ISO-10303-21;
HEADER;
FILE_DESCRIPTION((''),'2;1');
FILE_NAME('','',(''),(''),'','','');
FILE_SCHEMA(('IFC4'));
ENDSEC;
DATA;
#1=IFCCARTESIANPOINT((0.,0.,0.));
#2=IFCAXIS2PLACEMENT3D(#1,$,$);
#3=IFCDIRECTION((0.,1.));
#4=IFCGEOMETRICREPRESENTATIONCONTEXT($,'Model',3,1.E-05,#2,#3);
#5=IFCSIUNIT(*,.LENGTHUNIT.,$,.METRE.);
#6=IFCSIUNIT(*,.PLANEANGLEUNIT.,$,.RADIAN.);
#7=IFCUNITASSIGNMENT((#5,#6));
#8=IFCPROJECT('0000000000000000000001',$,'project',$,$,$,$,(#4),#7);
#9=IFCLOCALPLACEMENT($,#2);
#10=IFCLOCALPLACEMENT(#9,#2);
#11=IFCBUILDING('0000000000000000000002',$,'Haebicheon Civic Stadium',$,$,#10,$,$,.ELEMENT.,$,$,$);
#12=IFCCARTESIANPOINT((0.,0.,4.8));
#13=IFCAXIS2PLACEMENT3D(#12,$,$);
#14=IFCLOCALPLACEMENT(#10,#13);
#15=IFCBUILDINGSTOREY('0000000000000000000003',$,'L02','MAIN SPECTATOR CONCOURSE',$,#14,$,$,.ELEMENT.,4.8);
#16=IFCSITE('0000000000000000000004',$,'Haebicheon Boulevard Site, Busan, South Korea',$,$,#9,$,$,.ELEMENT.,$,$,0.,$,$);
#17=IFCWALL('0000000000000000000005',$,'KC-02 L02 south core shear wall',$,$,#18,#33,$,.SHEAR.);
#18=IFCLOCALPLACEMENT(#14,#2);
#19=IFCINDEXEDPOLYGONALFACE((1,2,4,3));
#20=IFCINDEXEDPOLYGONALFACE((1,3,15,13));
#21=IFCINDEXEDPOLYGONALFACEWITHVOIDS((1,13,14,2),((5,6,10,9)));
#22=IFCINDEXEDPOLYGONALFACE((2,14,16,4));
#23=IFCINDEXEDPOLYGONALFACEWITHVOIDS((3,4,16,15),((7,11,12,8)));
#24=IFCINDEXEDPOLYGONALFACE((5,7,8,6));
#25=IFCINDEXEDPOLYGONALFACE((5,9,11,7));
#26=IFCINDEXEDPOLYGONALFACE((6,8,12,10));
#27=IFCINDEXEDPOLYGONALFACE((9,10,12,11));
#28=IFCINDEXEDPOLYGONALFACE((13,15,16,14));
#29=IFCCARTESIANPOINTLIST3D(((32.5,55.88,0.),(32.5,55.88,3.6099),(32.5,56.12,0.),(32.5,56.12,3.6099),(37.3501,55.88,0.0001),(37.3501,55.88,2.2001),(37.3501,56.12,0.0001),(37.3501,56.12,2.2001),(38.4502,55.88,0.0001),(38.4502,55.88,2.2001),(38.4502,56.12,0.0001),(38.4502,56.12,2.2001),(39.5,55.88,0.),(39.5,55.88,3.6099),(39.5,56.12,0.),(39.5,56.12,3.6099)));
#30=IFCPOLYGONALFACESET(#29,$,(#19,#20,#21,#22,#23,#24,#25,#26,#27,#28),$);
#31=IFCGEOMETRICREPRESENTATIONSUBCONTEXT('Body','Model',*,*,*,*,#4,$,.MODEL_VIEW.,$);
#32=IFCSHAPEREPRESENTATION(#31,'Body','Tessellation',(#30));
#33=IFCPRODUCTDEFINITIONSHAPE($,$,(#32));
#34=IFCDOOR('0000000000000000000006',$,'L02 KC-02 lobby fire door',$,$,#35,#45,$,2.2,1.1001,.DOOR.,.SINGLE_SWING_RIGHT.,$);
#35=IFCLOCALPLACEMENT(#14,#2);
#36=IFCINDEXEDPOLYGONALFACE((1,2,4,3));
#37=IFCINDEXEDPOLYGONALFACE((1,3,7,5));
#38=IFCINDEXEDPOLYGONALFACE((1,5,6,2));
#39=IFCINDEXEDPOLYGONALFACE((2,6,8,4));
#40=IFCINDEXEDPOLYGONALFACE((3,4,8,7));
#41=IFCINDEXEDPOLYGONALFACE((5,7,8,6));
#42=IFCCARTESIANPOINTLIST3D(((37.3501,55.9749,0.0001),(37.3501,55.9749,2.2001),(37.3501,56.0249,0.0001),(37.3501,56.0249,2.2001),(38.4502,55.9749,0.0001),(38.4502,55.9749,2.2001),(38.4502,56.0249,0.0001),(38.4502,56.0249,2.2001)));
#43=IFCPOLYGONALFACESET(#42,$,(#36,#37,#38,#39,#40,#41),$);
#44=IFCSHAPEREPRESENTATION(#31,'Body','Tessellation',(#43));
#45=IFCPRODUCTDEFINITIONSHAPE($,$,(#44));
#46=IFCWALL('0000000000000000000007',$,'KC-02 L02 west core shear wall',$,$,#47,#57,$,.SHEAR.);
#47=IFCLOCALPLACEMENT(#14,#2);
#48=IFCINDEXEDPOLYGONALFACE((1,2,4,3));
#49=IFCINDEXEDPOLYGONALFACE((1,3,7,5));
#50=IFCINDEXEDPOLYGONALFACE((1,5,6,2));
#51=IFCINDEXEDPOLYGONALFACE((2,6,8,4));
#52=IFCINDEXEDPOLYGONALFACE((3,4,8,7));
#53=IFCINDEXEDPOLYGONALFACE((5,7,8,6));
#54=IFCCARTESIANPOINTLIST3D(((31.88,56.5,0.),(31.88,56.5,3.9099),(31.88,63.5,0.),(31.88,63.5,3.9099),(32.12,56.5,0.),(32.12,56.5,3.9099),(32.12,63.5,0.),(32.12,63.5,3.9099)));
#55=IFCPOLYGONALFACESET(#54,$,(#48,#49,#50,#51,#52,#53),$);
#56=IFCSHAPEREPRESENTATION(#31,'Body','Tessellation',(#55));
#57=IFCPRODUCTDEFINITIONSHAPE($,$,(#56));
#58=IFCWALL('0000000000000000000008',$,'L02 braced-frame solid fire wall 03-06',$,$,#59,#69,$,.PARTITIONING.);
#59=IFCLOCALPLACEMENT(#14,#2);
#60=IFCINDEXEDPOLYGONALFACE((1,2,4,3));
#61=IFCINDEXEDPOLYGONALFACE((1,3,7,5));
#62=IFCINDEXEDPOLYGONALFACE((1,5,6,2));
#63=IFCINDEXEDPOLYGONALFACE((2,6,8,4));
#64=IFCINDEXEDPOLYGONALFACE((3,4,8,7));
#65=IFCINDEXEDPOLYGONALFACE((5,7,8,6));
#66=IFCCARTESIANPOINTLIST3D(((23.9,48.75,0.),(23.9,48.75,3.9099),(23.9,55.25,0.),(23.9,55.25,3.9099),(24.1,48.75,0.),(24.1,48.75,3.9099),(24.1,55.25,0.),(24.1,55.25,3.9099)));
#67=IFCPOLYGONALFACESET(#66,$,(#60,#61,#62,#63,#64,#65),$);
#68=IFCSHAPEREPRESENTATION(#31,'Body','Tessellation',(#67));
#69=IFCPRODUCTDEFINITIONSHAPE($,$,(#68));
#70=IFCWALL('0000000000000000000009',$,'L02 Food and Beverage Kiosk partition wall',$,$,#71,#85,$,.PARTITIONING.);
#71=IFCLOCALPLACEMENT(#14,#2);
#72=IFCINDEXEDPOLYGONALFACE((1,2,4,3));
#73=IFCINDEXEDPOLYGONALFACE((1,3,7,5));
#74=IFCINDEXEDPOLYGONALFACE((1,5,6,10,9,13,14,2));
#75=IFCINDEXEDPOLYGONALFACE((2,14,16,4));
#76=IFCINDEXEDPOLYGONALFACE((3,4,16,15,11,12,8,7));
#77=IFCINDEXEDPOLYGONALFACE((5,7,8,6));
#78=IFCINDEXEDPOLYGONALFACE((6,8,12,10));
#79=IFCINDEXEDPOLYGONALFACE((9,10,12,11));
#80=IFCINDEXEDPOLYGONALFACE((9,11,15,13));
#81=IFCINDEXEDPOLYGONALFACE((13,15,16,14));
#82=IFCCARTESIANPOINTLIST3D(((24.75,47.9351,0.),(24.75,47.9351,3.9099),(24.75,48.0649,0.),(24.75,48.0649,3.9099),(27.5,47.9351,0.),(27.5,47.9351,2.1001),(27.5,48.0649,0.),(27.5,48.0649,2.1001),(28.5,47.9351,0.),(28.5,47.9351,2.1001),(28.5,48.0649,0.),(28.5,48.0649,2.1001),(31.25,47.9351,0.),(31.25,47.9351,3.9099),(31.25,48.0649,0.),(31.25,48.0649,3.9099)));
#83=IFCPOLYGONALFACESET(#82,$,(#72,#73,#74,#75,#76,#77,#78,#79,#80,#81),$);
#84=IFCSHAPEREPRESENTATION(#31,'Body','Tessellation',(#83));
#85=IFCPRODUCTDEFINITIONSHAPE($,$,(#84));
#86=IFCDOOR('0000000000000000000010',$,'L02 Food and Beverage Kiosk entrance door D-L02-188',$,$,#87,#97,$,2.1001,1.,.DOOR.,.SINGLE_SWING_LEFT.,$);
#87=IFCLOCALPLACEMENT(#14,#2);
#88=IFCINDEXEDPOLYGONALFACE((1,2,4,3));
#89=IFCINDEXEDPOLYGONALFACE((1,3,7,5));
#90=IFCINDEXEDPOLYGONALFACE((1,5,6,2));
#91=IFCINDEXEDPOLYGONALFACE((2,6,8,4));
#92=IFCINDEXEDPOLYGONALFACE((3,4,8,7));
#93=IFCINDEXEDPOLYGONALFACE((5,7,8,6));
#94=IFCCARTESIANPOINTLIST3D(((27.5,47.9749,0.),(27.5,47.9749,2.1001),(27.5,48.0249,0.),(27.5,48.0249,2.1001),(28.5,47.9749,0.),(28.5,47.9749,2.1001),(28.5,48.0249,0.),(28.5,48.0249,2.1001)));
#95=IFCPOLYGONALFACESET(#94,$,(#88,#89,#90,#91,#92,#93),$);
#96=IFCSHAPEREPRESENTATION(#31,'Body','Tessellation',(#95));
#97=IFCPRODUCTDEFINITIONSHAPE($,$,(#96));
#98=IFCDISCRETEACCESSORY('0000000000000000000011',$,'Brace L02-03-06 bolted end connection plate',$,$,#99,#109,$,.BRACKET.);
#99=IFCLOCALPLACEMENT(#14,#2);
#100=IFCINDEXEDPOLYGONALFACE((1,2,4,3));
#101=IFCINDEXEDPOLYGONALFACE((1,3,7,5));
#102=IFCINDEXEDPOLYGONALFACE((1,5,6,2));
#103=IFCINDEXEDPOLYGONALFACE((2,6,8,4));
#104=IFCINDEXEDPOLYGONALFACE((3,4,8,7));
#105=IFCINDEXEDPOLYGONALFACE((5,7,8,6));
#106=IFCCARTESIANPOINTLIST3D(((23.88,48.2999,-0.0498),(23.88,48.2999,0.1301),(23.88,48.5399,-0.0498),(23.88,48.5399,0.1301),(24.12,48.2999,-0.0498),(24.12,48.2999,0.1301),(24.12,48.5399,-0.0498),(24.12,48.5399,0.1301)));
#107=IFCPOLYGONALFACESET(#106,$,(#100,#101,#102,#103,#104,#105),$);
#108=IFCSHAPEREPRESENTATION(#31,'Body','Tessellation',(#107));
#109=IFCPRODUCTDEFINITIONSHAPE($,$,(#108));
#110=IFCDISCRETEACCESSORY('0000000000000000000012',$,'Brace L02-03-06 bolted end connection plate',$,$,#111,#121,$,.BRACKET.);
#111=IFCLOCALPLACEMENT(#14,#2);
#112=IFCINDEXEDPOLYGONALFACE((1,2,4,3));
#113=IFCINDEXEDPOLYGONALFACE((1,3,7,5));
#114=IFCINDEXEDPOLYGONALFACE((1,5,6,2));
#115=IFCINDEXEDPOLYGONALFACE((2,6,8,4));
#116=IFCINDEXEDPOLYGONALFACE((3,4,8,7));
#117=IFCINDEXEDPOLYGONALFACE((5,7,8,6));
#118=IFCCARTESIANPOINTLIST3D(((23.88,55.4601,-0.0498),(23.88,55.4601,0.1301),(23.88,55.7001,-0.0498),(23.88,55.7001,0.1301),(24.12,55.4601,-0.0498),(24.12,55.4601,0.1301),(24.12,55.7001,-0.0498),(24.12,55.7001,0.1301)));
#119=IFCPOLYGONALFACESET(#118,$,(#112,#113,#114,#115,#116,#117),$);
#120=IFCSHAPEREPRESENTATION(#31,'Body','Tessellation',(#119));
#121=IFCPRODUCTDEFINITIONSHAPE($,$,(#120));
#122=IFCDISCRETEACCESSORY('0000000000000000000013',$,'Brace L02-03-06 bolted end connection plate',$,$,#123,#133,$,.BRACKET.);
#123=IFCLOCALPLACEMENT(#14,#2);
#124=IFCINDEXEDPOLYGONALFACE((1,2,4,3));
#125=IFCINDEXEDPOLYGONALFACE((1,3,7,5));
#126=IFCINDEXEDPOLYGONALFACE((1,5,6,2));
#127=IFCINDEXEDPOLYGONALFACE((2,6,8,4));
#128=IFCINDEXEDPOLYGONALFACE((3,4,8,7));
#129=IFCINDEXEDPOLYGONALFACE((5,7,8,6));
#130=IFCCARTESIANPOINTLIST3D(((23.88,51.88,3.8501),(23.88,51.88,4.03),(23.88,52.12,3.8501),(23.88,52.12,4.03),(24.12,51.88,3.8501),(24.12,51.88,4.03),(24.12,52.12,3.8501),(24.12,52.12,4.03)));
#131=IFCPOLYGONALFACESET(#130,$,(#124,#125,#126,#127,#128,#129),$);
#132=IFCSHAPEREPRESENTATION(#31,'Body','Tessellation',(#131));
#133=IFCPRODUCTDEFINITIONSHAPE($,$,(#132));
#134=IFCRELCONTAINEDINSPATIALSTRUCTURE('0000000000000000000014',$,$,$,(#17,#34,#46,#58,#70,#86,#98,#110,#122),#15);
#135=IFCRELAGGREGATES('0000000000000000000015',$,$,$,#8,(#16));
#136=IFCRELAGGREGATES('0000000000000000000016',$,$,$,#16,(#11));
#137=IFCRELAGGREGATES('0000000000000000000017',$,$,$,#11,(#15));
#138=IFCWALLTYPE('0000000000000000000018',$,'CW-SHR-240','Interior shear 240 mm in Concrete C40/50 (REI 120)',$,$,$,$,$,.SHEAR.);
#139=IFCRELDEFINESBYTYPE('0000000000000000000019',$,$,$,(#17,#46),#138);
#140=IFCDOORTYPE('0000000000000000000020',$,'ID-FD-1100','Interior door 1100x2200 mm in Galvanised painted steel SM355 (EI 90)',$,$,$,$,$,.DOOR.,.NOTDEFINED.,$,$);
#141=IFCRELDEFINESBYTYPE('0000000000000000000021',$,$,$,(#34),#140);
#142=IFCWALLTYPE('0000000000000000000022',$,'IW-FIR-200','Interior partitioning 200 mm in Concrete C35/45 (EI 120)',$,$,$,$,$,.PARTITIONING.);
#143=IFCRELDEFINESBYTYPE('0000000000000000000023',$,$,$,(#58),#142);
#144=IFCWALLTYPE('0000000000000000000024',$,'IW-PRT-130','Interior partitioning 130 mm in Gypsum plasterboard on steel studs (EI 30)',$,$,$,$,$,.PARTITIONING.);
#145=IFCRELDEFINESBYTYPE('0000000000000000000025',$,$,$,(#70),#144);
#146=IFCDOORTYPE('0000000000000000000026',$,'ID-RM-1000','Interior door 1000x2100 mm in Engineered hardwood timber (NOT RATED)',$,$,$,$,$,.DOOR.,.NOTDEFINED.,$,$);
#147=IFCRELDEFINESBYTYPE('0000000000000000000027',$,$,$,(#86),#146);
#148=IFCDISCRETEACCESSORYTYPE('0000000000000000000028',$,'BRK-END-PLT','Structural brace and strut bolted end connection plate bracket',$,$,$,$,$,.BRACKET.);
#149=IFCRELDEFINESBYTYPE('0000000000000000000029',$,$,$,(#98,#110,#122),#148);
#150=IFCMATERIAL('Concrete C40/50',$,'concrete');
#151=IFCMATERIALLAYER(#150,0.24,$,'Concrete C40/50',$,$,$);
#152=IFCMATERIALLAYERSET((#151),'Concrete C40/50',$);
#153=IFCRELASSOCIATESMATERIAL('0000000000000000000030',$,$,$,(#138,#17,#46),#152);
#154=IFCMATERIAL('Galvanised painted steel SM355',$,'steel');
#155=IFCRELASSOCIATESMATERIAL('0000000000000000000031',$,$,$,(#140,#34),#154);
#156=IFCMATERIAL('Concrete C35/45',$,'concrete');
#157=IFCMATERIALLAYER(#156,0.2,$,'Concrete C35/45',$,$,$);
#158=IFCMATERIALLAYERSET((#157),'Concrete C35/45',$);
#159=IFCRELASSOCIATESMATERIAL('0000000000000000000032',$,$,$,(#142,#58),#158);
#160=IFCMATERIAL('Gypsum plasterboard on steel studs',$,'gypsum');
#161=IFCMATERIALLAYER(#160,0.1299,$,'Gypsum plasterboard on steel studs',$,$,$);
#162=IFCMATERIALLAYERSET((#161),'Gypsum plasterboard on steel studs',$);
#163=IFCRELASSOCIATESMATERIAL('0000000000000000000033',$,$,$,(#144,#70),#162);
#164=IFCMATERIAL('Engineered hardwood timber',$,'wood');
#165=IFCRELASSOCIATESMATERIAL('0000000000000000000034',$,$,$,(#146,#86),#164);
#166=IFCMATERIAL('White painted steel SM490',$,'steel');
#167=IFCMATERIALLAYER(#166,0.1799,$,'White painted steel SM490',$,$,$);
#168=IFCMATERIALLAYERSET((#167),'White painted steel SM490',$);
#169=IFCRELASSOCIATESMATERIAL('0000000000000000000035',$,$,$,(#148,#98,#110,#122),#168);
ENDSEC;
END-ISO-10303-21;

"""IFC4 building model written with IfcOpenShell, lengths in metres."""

from ifc_helpers import new_model, si_unit, direction, frame, frame_2d, origin, origin_2d, place, context, subcontext, project, spatial, rectangle, extrude, material, layer, layer_set, type_object, element, fill, save


model = new_model("IFC4")

# Units and contexts
model_context = context("Model", 3, precision=1e-05, world=origin(), true_north=direction((0.0, 1.0)))
body_context = subcontext(model_context, "Body", "Model", "MODEL_VIEW")
ifc_project = project(units=[si_unit("LENGTHUNIT", "METRE"), si_unit("PLANEANGLEUNIT", "RADIAN")], contexts=[model_context])

# Site, building, storey
site_placement = place(None, origin())
site = spatial("IfcSite", under=ifc_project, at=site_placement, Name="Haebicheon Boulevard Site, Busan, South Korea", CompositionType="ELEMENT", RefElevation=0.0)
building_placement = place(site_placement, origin())
building = spatial("IfcBuilding", under=site, at=building_placement, Name="Haebicheon Civic Stadium", CompositionType="ELEMENT")
storey_placement = place(building_placement, frame((0.0, 0.0, 4.8)))
storey = spatial("IfcBuildingStorey", under=building, at=storey_placement, Name="L02", Description="MAIN SPECTATOR CONCOURSE", CompositionType="ELEMENT", Elevation=4.8)

# Shared definitions
ifc_material_1 = material(Name="Concrete C40/50", Category="concrete")
ifc_layer_1 = layer(ifc_material_1, 0.24, Name="Concrete C40/50")
ifc_layer_set_1 = layer_set([ifc_layer_1], Name="Concrete C40/50")
wall_type_1 = type_object("IfcWallType", Name="CW-SHR-240", Description="Interior shear 240 mm in Concrete C40/50 (REI 120)", PredefinedType="SHEAR", material=ifc_layer_set_1)

# Wall, opening, door
wall_1_placement = place(storey_placement, frame((32.5, 56.0, 0.0), z_axis=(0.0, 0.0, 1.0), x_axis=(1.0, 0.0, 0.0)))
wall_1 = element("IfcWall", 1, at=wall_1_placement, inside=storey, type_object=wall_type_1, material=ifc_layer_set_1, Name="KC-02 L02 south core shear wall", PredefinedType="SHEAR", context=body_context, shape_type="SweptSolid", body=[
    extrude(rectangle(XDim=7.0, YDim=0.24, at=frame_2d((3.5, 0.0))), origin(), (0.0, 0.0, 1.0), 3.6099),
])
opening_1_placement = place(wall_1_placement, frame((4.8501, 0.0, 0.0)))
opening_1 = element("IfcOpeningElement", 2, at=opening_1_placement, cuts=wall_1, PredefinedType="OPENING", context=body_context, shape_type="SweptSolid", body=[
    extrude(rectangle(XDim=1.1001, YDim=2.2, at=frame_2d((0.55, 1.1001))), frame((0.0, 0.1299, 0.0), z_axis=(0.0, -1.0, 0.0), x_axis=(1.0, 0.0, 0.0)), (0.0, 0.0, 1.0), 0.26),
])
ifc_material_2 = material(Name="Galvanised painted steel SM355", Category="steel")
door_type_1 = type_object("IfcDoorType", Name="ID-FD-1100", Description="Interior door 1100x2200 mm in Galvanised painted steel SM355 (EI 90)", OperationType="NOTDEFINED", PredefinedType="DOOR", material=ifc_material_2)
door_1_placement = place(opening_1_placement, origin())
door_1 = element("IfcDoor", 3, at=door_1_placement, inside=storey, type_object=door_type_1, material=ifc_material_2, Name="L02 KC-02 lobby fire door", OperationType="SINGLE_SWING_RIGHT", OverallHeight=2.2, OverallWidth=1.1001, PredefinedType="DOOR", context=body_context, shape_type="SweptSolid", body=[
    extrude(rectangle(XDim=1.1001, YDim=2.2, at=frame_2d((0.55, 1.1001))), frame((0.0, 0.0249, 0.0), z_axis=(0.0, -1.0, 0.0), x_axis=(1.0, 0.0, 0.0)), (0.0, 0.0, 1.0), 0.05),
])
fill(opening_1, door_1)

# Walls
wall_2_placement = place(storey_placement, frame((32.0, 56.5, 0.0), z_axis=(0.0, 0.0, 1.0), x_axis=(0.0, 1.0, 0.0)))
element("IfcWall", 4, at=wall_2_placement, inside=storey, type_object=wall_type_1, material=ifc_layer_set_1, Name="KC-02 L02 west core shear wall", PredefinedType="SHEAR", context=body_context, shape_type="SweptSolid", body=[
    extrude(rectangle(XDim=7.0, YDim=0.24, at=frame_2d((3.5, 0.0))), origin(), (0.0, 0.0, 1.0), 3.9099),
])
ifc_material_3 = material(Name="Concrete C35/45", Category="concrete")
ifc_layer_2 = layer(ifc_material_3, 0.2, Name="Concrete C35/45")
ifc_layer_set_2 = layer_set([ifc_layer_2], Name="Concrete C35/45")
wall_type_2 = type_object("IfcWallType", Name="IW-FIR-200", Description="Interior partitioning 200 mm in Concrete C35/45 (EI 120)", PredefinedType="PARTITIONING", material=ifc_layer_set_2)
wall_3_placement = place(storey_placement, frame((24.0, 48.75, 0.0), z_axis=(0.0, 0.0, 1.0), x_axis=(0.0, 1.0, 0.0)))
element("IfcWall", 5, at=wall_3_placement, inside=storey, type_object=wall_type_2, material=ifc_layer_set_2, Name="L02 braced-frame solid fire wall 03-06", PredefinedType="PARTITIONING", context=body_context, shape_type="SweptSolid", body=[
    extrude(rectangle(XDim=6.5, YDim=0.2, at=frame_2d((3.25, 0.0))), origin(), (0.0, 0.0, 1.0), 3.9099),
])

# Wall, opening, door
ifc_material_4 = material(Name="Gypsum plasterboard on steel studs", Category="gypsum")
ifc_layer_3 = layer(ifc_material_4, 0.1299, Name="Gypsum plasterboard on steel studs")
ifc_layer_set_3 = layer_set([ifc_layer_3], Name="Gypsum plasterboard on steel studs")
wall_type_3 = type_object("IfcWallType", Name="IW-PRT-130", Description="Interior partitioning 130 mm in Gypsum plasterboard on steel studs (EI 30)", PredefinedType="PARTITIONING", material=ifc_layer_set_3)
wall_4_placement = place(storey_placement, frame((24.75, 48.0, 0.0), z_axis=(0.0, 0.0, 1.0), x_axis=(1.0, 0.0, 0.0)))
wall_4 = element("IfcWall", 6, at=wall_4_placement, inside=storey, type_object=wall_type_3, material=ifc_layer_set_3, Name="L02 Food and Beverage Kiosk partition wall", PredefinedType="PARTITIONING", context=body_context, shape_type="SweptSolid", body=[
    extrude(rectangle(XDim=6.5, YDim=0.1299, at=frame_2d((3.25, 0.0))), origin(), (0.0, 0.0, 1.0), 3.9099),
])
opening_2_placement = place(wall_4_placement, frame((2.75, 0.0, 0.0)))
opening_2 = element("IfcOpeningElement", 7, at=opening_2_placement, cuts=wall_4, PredefinedType="OPENING", context=body_context, shape_type="SweptSolid", body=[
    extrude(rectangle(XDim=1.0, YDim=2.1001, at=frame_2d((0.5, 1.05))), frame((0.0, 0.075, 0.0), z_axis=(0.0, -1.0, 0.0), x_axis=(1.0, 0.0, 0.0)), (0.0, 0.0, 1.0), 0.1499),
])
ifc_material_5 = material(Name="Engineered hardwood timber", Category="wood")
door_type_2 = type_object("IfcDoorType", Name="ID-RM-1000", Description="Interior door 1000x2100 mm in Engineered hardwood timber (NOT RATED)", OperationType="NOTDEFINED", PredefinedType="DOOR", material=ifc_material_5)
door_2_placement = place(opening_2_placement, origin())
door_2 = element("IfcDoor", 8, at=door_2_placement, inside=storey, type_object=door_type_2, material=ifc_material_5, Name="L02 Food and Beverage Kiosk entrance door D-L02-188", OperationType="SINGLE_SWING_LEFT", OverallHeight=2.1001, OverallWidth=1.0, PredefinedType="DOOR", context=body_context, shape_type="SweptSolid", body=[
    extrude(rectangle(XDim=1.0, YDim=2.1001, at=frame_2d((0.5, 1.05))), frame((0.0, 0.0249, 0.0), z_axis=(0.0, -1.0, 0.0), x_axis=(1.0, 0.0, 0.0)), (0.0, 0.0, 1.0), 0.05),
])
fill(opening_2, door_2)

# Discrete accessories
ifc_material_6 = material(Name="White painted steel SM490", Category="steel")
ifc_layer_4 = layer(ifc_material_6, 0.1799, Name="White painted steel SM490")
ifc_layer_set_4 = layer_set([ifc_layer_4], Name="White painted steel SM490")
discrete_accessory_type = type_object("IfcDiscreteAccessoryType", Name="BRK-END-PLT", Description="Structural brace and strut bolted end connection plate bracket", PredefinedType="BRACKET", material=ifc_layer_set_4)
for number, where, z_axis, x_axis, name in (
    (9, (24.0, 48.4199, -0.0498), (0.0, 0.0, 1.0), (1.0, 0.0, 0.0), "Brace L02-03-06 bolted end connection plate"),
    (10, (24.0, 55.5801, -0.0498), (0.0, 0.0, 1.0), (1.0, 0.0, 0.0), "Brace L02-03-06 bolted end connection plate"),
    (11, (24.0, 52.0, 3.8501), (0.0, 0.0, 1.0), (1.0, 0.0, 0.0), "Brace L02-03-06 bolted end connection plate"),
):
    element("IfcDiscreteAccessory", number, at=place(storey_placement, frame(where, z_axis=z_axis, x_axis=x_axis)), inside=storey, type_object=discrete_accessory_type, material=ifc_layer_set_4, Name=name, PredefinedType="BRACKET", context=body_context, shape_type="SweptSolid", body=[
        extrude(rectangle(XDim=0.24, YDim=0.24, at=origin_2d()), origin(), (0.0, 0.0, 1.0), 0.1799),
    ])

save(model, "model.ifc")
